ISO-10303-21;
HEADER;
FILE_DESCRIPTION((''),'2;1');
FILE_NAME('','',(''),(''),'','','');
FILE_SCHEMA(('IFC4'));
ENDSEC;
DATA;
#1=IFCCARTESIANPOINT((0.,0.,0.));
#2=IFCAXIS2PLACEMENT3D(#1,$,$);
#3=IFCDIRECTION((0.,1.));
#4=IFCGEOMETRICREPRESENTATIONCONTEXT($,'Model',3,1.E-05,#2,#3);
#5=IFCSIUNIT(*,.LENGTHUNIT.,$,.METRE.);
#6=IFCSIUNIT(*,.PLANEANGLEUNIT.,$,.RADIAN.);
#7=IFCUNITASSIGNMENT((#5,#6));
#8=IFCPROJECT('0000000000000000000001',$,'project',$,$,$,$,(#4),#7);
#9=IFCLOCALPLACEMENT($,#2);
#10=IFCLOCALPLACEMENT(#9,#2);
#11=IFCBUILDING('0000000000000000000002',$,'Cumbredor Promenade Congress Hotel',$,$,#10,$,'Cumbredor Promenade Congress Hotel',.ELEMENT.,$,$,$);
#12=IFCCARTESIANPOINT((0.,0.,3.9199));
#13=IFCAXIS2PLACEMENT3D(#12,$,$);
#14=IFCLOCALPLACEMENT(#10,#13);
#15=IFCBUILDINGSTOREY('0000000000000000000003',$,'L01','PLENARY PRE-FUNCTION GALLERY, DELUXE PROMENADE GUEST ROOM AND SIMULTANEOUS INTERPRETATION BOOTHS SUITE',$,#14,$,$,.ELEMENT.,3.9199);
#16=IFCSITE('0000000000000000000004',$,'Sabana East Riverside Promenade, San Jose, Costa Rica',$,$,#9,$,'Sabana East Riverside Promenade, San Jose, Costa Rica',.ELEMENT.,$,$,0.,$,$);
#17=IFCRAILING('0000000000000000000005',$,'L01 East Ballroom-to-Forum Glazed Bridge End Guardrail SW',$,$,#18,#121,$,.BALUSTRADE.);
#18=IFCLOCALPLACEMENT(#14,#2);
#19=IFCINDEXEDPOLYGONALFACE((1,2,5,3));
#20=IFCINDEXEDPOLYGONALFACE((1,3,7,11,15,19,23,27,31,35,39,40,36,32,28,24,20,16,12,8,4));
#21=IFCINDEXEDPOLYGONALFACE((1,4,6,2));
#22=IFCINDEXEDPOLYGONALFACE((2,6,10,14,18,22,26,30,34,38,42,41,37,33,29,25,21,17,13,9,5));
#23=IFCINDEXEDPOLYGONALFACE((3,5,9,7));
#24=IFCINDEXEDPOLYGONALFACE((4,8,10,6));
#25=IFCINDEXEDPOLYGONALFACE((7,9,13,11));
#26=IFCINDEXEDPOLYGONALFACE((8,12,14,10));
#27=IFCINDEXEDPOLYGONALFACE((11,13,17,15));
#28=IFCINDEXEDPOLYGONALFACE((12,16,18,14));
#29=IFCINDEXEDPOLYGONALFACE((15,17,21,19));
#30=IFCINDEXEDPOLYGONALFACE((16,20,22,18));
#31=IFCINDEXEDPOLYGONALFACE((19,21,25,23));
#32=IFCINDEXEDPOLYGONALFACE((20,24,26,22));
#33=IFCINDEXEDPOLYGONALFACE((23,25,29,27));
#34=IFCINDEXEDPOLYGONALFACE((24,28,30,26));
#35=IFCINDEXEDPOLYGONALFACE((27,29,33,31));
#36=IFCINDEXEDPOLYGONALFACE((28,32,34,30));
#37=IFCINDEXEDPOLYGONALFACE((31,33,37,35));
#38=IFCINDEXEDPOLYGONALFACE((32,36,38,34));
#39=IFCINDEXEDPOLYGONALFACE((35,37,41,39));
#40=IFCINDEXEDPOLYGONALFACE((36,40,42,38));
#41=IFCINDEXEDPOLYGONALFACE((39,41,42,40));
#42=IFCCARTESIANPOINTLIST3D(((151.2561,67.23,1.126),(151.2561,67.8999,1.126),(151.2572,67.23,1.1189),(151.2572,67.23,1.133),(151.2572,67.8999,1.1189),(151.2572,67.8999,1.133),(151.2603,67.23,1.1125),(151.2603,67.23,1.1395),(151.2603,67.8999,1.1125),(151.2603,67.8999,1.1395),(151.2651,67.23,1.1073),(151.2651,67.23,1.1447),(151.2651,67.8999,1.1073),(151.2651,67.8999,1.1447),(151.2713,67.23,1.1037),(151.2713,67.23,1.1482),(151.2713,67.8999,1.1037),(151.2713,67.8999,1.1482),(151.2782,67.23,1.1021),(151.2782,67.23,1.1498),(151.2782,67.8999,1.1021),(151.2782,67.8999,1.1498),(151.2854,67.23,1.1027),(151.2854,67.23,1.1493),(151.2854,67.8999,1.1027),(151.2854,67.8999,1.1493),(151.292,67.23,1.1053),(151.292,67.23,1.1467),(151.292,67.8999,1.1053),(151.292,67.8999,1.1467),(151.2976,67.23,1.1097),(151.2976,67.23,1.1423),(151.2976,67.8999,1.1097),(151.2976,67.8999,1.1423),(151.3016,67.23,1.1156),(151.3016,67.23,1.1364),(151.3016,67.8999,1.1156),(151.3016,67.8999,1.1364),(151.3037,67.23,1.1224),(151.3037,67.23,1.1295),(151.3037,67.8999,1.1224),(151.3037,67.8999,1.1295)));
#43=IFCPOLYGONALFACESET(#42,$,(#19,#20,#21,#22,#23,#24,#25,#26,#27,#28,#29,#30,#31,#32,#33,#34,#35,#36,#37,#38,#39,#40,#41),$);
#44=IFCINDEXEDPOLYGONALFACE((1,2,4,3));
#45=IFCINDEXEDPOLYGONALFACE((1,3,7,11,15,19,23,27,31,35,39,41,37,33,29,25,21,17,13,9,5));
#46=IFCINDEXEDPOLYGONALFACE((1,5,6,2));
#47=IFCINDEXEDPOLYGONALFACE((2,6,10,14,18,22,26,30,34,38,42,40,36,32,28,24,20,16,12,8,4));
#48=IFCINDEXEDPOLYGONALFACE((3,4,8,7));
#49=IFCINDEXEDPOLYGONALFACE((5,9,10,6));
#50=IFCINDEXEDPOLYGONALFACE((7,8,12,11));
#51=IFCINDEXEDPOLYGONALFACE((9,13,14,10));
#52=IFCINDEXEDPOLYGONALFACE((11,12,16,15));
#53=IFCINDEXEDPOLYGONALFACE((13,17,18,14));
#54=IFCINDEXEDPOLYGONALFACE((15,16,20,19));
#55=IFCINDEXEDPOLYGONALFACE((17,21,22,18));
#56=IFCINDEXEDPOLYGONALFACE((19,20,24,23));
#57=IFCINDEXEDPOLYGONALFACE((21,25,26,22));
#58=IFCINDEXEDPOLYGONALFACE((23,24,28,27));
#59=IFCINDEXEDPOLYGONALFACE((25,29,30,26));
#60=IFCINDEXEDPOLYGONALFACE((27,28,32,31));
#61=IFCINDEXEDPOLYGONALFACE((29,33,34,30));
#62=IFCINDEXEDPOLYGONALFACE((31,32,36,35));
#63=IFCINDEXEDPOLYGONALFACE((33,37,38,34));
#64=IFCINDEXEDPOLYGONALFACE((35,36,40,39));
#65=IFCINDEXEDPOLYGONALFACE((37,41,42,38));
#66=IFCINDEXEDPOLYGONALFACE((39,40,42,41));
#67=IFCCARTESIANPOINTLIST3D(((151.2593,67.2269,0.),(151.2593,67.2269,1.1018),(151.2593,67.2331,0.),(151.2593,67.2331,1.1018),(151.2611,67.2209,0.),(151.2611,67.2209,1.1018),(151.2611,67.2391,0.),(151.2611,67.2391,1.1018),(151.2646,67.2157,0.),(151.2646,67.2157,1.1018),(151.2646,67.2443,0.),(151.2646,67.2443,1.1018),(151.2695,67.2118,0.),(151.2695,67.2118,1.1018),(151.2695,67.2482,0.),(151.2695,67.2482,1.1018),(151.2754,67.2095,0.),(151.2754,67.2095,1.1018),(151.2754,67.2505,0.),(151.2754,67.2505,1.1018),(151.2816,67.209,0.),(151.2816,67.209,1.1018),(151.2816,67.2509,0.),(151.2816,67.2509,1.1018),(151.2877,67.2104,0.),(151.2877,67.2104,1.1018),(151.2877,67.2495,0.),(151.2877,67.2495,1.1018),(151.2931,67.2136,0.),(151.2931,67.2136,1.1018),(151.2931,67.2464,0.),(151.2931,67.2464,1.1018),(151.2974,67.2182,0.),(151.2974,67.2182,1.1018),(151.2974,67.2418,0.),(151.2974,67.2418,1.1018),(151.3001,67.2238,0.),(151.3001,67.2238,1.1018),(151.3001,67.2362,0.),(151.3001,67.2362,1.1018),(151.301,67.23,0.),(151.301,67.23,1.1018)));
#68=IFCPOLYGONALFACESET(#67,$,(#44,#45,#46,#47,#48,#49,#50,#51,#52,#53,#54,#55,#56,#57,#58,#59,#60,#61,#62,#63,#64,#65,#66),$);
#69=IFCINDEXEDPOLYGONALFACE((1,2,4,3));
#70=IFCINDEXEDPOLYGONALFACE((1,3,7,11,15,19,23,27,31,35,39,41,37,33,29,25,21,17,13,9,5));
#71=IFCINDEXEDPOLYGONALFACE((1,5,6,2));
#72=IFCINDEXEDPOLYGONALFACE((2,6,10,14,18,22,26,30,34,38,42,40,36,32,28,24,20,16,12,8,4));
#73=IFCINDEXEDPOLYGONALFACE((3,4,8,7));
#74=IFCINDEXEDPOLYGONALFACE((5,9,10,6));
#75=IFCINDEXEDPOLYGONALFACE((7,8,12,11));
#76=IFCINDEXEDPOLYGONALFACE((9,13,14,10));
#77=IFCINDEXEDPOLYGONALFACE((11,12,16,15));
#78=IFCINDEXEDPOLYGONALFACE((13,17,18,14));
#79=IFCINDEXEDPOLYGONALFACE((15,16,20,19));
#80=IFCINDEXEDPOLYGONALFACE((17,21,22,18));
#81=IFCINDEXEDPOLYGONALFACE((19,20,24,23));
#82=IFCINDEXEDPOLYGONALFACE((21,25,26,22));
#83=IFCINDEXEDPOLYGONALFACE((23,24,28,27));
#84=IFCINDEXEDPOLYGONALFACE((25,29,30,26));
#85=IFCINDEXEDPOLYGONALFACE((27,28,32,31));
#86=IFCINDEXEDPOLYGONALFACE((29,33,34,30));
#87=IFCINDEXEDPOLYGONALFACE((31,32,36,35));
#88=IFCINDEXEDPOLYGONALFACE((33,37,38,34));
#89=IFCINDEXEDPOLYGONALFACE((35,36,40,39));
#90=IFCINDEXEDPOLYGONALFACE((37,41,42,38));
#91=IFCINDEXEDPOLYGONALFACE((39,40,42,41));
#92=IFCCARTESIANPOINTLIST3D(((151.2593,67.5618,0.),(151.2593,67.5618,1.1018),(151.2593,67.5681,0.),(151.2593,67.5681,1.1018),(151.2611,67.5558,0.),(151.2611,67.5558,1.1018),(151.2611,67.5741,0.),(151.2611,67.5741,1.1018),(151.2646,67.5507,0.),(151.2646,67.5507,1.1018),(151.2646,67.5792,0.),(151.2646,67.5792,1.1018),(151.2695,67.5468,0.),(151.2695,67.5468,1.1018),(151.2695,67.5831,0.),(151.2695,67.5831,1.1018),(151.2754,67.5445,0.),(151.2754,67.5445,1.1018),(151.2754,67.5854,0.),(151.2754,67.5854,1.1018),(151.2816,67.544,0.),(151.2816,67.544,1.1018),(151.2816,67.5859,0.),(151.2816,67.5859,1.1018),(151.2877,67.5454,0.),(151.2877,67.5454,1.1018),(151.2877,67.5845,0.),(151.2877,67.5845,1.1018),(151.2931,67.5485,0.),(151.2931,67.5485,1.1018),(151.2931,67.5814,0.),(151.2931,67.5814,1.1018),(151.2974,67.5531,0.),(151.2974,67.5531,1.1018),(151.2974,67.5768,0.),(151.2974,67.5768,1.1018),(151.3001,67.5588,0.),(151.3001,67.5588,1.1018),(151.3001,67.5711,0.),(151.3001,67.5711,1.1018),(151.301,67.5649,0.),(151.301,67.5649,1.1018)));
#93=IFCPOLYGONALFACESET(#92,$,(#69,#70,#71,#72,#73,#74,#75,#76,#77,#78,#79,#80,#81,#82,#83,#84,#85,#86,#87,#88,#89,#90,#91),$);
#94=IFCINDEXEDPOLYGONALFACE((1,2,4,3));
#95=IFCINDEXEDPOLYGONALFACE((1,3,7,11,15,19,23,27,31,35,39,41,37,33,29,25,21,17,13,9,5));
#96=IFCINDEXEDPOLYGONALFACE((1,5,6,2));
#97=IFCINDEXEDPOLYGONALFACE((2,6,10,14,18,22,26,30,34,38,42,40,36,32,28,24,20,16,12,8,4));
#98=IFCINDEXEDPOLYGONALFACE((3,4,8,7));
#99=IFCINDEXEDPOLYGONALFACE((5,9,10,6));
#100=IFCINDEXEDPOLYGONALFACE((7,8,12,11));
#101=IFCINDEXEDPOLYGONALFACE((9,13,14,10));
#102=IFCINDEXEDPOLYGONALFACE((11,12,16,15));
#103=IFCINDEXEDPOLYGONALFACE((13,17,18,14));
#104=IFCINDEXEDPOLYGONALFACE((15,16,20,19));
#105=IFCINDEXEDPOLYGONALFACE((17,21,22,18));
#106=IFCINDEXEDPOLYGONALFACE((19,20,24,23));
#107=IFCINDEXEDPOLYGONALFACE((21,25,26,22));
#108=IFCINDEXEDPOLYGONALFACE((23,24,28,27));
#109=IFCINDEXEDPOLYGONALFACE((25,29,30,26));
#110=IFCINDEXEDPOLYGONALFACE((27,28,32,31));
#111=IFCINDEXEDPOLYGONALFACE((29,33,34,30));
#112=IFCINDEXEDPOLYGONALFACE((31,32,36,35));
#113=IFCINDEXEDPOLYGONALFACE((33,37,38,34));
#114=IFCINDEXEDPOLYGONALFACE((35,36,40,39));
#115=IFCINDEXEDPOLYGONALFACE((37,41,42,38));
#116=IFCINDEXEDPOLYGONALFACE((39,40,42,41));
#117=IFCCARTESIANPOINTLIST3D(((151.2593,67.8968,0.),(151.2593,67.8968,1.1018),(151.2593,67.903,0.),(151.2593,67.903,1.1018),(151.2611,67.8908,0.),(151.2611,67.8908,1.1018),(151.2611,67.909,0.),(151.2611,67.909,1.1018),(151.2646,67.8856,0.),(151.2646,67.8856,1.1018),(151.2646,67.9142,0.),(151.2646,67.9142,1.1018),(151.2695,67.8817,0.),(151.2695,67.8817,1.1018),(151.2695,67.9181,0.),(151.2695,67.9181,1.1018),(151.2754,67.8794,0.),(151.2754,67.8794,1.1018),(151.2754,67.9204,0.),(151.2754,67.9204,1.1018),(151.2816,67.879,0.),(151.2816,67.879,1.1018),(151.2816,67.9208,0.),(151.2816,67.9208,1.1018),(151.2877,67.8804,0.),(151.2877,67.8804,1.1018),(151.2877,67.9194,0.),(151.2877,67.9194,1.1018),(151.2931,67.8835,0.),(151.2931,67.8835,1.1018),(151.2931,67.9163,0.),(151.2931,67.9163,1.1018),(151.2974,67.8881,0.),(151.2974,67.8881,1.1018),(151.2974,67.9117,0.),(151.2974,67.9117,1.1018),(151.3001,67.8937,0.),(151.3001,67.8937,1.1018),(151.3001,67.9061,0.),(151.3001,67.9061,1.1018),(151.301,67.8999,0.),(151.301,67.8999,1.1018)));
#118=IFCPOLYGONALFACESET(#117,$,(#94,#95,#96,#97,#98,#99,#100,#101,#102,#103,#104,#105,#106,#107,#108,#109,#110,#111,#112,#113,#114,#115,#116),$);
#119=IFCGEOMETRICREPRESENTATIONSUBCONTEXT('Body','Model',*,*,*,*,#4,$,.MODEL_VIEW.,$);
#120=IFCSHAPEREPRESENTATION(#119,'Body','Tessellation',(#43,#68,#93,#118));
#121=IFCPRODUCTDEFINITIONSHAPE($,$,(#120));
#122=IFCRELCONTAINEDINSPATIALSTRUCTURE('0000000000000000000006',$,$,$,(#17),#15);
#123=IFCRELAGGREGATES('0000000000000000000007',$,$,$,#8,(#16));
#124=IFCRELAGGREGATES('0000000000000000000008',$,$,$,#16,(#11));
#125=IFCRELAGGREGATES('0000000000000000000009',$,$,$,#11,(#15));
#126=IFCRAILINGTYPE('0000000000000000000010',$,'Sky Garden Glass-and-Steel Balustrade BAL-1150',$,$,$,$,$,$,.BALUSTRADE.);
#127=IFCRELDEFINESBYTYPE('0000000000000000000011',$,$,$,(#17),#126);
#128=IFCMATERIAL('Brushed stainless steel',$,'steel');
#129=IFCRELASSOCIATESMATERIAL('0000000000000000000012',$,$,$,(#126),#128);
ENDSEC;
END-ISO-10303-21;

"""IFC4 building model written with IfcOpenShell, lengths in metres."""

from ifc_helpers import new_model, si_unit, direction, frame, origin, origin_2d, place, context, subcontext, project, spatial, circle, extrude, material, type_object, element, save


model = new_model("IFC4")

# Units and contexts
model_context = context("Model", 3, precision=1e-05, world=origin(), true_north=direction((0.0, 1.0)))
body_context = subcontext(model_context, "Body", "Model", "MODEL_VIEW")
ifc_project = project(units=[si_unit("LENGTHUNIT", "METRE"), si_unit("PLANEANGLEUNIT", "RADIAN")], contexts=[model_context])

# Site, building, storey
site_placement = place(None, origin())
site = spatial("IfcSite", under=ifc_project, at=site_placement, Name="Sabana East Riverside Promenade, San Jose, Costa Rica", LongName="Sabana East Riverside Promenade, San Jose, Costa Rica", CompositionType="ELEMENT", RefElevation=0.0)
building_placement = place(site_placement, origin())
building = spatial("IfcBuilding", under=site, at=building_placement, Name="Cumbredor Promenade Congress Hotel", LongName="Cumbredor Promenade Congress Hotel", CompositionType="ELEMENT")
storey_placement = place(building_placement, frame((0.0, 0.0, 3.9199)))
storey = spatial("IfcBuildingStorey", under=building, at=storey_placement, Name="L01", Description="PLENARY PRE-FUNCTION GALLERY, DELUXE PROMENADE GUEST ROOM AND SIMULTANEOUS INTERPRETATION BOOTHS SUITE", CompositionType="ELEMENT", Elevation=3.9199)

# Railing
ifc_material_1 = material(Name="Brushed stainless steel", Category="steel")
railing_type = type_object("IfcRailingType", Name="Sky Garden Glass-and-Steel Balustrade BAL-1150", PredefinedType="BALUSTRADE", material=ifc_material_1)
railing_placement = place(storey_placement, frame((151.28, 67.23, 0.0)))
element("IfcRailing", 1, at=railing_placement, inside=storey, type_object=railing_type, Name="L01 East Ballroom-to-Forum Glazed Bridge End Guardrail SW", PredefinedType="BALUSTRADE", context=body_context, shape_type="SweptSolid", body=[
    extrude(circle(Radius=0.0239, at=origin_2d()), frame((0.0, 0.0, 1.126), z_axis=(0.0, 1.0, 0.0), x_axis=(-1.0, 0.0, 0.0)), (0.0, 0.0, 1.0), 0.6699),
    extrude(circle(Radius=0.021, at=origin_2d()), origin(), (0.0, 0.0, 1.0), 1.1018),
    extrude(circle(Radius=0.021, at=origin_2d()), frame((0.0, 0.335, 0.0)), (0.0, 0.0, 1.0), 1.1018),
    extrude(circle(Radius=0.021, at=origin_2d()), frame((0.0, 0.6699, 0.0)), (0.0, 0.0, 1.0), 1.1018),
])

save(model, "model.ifc")
